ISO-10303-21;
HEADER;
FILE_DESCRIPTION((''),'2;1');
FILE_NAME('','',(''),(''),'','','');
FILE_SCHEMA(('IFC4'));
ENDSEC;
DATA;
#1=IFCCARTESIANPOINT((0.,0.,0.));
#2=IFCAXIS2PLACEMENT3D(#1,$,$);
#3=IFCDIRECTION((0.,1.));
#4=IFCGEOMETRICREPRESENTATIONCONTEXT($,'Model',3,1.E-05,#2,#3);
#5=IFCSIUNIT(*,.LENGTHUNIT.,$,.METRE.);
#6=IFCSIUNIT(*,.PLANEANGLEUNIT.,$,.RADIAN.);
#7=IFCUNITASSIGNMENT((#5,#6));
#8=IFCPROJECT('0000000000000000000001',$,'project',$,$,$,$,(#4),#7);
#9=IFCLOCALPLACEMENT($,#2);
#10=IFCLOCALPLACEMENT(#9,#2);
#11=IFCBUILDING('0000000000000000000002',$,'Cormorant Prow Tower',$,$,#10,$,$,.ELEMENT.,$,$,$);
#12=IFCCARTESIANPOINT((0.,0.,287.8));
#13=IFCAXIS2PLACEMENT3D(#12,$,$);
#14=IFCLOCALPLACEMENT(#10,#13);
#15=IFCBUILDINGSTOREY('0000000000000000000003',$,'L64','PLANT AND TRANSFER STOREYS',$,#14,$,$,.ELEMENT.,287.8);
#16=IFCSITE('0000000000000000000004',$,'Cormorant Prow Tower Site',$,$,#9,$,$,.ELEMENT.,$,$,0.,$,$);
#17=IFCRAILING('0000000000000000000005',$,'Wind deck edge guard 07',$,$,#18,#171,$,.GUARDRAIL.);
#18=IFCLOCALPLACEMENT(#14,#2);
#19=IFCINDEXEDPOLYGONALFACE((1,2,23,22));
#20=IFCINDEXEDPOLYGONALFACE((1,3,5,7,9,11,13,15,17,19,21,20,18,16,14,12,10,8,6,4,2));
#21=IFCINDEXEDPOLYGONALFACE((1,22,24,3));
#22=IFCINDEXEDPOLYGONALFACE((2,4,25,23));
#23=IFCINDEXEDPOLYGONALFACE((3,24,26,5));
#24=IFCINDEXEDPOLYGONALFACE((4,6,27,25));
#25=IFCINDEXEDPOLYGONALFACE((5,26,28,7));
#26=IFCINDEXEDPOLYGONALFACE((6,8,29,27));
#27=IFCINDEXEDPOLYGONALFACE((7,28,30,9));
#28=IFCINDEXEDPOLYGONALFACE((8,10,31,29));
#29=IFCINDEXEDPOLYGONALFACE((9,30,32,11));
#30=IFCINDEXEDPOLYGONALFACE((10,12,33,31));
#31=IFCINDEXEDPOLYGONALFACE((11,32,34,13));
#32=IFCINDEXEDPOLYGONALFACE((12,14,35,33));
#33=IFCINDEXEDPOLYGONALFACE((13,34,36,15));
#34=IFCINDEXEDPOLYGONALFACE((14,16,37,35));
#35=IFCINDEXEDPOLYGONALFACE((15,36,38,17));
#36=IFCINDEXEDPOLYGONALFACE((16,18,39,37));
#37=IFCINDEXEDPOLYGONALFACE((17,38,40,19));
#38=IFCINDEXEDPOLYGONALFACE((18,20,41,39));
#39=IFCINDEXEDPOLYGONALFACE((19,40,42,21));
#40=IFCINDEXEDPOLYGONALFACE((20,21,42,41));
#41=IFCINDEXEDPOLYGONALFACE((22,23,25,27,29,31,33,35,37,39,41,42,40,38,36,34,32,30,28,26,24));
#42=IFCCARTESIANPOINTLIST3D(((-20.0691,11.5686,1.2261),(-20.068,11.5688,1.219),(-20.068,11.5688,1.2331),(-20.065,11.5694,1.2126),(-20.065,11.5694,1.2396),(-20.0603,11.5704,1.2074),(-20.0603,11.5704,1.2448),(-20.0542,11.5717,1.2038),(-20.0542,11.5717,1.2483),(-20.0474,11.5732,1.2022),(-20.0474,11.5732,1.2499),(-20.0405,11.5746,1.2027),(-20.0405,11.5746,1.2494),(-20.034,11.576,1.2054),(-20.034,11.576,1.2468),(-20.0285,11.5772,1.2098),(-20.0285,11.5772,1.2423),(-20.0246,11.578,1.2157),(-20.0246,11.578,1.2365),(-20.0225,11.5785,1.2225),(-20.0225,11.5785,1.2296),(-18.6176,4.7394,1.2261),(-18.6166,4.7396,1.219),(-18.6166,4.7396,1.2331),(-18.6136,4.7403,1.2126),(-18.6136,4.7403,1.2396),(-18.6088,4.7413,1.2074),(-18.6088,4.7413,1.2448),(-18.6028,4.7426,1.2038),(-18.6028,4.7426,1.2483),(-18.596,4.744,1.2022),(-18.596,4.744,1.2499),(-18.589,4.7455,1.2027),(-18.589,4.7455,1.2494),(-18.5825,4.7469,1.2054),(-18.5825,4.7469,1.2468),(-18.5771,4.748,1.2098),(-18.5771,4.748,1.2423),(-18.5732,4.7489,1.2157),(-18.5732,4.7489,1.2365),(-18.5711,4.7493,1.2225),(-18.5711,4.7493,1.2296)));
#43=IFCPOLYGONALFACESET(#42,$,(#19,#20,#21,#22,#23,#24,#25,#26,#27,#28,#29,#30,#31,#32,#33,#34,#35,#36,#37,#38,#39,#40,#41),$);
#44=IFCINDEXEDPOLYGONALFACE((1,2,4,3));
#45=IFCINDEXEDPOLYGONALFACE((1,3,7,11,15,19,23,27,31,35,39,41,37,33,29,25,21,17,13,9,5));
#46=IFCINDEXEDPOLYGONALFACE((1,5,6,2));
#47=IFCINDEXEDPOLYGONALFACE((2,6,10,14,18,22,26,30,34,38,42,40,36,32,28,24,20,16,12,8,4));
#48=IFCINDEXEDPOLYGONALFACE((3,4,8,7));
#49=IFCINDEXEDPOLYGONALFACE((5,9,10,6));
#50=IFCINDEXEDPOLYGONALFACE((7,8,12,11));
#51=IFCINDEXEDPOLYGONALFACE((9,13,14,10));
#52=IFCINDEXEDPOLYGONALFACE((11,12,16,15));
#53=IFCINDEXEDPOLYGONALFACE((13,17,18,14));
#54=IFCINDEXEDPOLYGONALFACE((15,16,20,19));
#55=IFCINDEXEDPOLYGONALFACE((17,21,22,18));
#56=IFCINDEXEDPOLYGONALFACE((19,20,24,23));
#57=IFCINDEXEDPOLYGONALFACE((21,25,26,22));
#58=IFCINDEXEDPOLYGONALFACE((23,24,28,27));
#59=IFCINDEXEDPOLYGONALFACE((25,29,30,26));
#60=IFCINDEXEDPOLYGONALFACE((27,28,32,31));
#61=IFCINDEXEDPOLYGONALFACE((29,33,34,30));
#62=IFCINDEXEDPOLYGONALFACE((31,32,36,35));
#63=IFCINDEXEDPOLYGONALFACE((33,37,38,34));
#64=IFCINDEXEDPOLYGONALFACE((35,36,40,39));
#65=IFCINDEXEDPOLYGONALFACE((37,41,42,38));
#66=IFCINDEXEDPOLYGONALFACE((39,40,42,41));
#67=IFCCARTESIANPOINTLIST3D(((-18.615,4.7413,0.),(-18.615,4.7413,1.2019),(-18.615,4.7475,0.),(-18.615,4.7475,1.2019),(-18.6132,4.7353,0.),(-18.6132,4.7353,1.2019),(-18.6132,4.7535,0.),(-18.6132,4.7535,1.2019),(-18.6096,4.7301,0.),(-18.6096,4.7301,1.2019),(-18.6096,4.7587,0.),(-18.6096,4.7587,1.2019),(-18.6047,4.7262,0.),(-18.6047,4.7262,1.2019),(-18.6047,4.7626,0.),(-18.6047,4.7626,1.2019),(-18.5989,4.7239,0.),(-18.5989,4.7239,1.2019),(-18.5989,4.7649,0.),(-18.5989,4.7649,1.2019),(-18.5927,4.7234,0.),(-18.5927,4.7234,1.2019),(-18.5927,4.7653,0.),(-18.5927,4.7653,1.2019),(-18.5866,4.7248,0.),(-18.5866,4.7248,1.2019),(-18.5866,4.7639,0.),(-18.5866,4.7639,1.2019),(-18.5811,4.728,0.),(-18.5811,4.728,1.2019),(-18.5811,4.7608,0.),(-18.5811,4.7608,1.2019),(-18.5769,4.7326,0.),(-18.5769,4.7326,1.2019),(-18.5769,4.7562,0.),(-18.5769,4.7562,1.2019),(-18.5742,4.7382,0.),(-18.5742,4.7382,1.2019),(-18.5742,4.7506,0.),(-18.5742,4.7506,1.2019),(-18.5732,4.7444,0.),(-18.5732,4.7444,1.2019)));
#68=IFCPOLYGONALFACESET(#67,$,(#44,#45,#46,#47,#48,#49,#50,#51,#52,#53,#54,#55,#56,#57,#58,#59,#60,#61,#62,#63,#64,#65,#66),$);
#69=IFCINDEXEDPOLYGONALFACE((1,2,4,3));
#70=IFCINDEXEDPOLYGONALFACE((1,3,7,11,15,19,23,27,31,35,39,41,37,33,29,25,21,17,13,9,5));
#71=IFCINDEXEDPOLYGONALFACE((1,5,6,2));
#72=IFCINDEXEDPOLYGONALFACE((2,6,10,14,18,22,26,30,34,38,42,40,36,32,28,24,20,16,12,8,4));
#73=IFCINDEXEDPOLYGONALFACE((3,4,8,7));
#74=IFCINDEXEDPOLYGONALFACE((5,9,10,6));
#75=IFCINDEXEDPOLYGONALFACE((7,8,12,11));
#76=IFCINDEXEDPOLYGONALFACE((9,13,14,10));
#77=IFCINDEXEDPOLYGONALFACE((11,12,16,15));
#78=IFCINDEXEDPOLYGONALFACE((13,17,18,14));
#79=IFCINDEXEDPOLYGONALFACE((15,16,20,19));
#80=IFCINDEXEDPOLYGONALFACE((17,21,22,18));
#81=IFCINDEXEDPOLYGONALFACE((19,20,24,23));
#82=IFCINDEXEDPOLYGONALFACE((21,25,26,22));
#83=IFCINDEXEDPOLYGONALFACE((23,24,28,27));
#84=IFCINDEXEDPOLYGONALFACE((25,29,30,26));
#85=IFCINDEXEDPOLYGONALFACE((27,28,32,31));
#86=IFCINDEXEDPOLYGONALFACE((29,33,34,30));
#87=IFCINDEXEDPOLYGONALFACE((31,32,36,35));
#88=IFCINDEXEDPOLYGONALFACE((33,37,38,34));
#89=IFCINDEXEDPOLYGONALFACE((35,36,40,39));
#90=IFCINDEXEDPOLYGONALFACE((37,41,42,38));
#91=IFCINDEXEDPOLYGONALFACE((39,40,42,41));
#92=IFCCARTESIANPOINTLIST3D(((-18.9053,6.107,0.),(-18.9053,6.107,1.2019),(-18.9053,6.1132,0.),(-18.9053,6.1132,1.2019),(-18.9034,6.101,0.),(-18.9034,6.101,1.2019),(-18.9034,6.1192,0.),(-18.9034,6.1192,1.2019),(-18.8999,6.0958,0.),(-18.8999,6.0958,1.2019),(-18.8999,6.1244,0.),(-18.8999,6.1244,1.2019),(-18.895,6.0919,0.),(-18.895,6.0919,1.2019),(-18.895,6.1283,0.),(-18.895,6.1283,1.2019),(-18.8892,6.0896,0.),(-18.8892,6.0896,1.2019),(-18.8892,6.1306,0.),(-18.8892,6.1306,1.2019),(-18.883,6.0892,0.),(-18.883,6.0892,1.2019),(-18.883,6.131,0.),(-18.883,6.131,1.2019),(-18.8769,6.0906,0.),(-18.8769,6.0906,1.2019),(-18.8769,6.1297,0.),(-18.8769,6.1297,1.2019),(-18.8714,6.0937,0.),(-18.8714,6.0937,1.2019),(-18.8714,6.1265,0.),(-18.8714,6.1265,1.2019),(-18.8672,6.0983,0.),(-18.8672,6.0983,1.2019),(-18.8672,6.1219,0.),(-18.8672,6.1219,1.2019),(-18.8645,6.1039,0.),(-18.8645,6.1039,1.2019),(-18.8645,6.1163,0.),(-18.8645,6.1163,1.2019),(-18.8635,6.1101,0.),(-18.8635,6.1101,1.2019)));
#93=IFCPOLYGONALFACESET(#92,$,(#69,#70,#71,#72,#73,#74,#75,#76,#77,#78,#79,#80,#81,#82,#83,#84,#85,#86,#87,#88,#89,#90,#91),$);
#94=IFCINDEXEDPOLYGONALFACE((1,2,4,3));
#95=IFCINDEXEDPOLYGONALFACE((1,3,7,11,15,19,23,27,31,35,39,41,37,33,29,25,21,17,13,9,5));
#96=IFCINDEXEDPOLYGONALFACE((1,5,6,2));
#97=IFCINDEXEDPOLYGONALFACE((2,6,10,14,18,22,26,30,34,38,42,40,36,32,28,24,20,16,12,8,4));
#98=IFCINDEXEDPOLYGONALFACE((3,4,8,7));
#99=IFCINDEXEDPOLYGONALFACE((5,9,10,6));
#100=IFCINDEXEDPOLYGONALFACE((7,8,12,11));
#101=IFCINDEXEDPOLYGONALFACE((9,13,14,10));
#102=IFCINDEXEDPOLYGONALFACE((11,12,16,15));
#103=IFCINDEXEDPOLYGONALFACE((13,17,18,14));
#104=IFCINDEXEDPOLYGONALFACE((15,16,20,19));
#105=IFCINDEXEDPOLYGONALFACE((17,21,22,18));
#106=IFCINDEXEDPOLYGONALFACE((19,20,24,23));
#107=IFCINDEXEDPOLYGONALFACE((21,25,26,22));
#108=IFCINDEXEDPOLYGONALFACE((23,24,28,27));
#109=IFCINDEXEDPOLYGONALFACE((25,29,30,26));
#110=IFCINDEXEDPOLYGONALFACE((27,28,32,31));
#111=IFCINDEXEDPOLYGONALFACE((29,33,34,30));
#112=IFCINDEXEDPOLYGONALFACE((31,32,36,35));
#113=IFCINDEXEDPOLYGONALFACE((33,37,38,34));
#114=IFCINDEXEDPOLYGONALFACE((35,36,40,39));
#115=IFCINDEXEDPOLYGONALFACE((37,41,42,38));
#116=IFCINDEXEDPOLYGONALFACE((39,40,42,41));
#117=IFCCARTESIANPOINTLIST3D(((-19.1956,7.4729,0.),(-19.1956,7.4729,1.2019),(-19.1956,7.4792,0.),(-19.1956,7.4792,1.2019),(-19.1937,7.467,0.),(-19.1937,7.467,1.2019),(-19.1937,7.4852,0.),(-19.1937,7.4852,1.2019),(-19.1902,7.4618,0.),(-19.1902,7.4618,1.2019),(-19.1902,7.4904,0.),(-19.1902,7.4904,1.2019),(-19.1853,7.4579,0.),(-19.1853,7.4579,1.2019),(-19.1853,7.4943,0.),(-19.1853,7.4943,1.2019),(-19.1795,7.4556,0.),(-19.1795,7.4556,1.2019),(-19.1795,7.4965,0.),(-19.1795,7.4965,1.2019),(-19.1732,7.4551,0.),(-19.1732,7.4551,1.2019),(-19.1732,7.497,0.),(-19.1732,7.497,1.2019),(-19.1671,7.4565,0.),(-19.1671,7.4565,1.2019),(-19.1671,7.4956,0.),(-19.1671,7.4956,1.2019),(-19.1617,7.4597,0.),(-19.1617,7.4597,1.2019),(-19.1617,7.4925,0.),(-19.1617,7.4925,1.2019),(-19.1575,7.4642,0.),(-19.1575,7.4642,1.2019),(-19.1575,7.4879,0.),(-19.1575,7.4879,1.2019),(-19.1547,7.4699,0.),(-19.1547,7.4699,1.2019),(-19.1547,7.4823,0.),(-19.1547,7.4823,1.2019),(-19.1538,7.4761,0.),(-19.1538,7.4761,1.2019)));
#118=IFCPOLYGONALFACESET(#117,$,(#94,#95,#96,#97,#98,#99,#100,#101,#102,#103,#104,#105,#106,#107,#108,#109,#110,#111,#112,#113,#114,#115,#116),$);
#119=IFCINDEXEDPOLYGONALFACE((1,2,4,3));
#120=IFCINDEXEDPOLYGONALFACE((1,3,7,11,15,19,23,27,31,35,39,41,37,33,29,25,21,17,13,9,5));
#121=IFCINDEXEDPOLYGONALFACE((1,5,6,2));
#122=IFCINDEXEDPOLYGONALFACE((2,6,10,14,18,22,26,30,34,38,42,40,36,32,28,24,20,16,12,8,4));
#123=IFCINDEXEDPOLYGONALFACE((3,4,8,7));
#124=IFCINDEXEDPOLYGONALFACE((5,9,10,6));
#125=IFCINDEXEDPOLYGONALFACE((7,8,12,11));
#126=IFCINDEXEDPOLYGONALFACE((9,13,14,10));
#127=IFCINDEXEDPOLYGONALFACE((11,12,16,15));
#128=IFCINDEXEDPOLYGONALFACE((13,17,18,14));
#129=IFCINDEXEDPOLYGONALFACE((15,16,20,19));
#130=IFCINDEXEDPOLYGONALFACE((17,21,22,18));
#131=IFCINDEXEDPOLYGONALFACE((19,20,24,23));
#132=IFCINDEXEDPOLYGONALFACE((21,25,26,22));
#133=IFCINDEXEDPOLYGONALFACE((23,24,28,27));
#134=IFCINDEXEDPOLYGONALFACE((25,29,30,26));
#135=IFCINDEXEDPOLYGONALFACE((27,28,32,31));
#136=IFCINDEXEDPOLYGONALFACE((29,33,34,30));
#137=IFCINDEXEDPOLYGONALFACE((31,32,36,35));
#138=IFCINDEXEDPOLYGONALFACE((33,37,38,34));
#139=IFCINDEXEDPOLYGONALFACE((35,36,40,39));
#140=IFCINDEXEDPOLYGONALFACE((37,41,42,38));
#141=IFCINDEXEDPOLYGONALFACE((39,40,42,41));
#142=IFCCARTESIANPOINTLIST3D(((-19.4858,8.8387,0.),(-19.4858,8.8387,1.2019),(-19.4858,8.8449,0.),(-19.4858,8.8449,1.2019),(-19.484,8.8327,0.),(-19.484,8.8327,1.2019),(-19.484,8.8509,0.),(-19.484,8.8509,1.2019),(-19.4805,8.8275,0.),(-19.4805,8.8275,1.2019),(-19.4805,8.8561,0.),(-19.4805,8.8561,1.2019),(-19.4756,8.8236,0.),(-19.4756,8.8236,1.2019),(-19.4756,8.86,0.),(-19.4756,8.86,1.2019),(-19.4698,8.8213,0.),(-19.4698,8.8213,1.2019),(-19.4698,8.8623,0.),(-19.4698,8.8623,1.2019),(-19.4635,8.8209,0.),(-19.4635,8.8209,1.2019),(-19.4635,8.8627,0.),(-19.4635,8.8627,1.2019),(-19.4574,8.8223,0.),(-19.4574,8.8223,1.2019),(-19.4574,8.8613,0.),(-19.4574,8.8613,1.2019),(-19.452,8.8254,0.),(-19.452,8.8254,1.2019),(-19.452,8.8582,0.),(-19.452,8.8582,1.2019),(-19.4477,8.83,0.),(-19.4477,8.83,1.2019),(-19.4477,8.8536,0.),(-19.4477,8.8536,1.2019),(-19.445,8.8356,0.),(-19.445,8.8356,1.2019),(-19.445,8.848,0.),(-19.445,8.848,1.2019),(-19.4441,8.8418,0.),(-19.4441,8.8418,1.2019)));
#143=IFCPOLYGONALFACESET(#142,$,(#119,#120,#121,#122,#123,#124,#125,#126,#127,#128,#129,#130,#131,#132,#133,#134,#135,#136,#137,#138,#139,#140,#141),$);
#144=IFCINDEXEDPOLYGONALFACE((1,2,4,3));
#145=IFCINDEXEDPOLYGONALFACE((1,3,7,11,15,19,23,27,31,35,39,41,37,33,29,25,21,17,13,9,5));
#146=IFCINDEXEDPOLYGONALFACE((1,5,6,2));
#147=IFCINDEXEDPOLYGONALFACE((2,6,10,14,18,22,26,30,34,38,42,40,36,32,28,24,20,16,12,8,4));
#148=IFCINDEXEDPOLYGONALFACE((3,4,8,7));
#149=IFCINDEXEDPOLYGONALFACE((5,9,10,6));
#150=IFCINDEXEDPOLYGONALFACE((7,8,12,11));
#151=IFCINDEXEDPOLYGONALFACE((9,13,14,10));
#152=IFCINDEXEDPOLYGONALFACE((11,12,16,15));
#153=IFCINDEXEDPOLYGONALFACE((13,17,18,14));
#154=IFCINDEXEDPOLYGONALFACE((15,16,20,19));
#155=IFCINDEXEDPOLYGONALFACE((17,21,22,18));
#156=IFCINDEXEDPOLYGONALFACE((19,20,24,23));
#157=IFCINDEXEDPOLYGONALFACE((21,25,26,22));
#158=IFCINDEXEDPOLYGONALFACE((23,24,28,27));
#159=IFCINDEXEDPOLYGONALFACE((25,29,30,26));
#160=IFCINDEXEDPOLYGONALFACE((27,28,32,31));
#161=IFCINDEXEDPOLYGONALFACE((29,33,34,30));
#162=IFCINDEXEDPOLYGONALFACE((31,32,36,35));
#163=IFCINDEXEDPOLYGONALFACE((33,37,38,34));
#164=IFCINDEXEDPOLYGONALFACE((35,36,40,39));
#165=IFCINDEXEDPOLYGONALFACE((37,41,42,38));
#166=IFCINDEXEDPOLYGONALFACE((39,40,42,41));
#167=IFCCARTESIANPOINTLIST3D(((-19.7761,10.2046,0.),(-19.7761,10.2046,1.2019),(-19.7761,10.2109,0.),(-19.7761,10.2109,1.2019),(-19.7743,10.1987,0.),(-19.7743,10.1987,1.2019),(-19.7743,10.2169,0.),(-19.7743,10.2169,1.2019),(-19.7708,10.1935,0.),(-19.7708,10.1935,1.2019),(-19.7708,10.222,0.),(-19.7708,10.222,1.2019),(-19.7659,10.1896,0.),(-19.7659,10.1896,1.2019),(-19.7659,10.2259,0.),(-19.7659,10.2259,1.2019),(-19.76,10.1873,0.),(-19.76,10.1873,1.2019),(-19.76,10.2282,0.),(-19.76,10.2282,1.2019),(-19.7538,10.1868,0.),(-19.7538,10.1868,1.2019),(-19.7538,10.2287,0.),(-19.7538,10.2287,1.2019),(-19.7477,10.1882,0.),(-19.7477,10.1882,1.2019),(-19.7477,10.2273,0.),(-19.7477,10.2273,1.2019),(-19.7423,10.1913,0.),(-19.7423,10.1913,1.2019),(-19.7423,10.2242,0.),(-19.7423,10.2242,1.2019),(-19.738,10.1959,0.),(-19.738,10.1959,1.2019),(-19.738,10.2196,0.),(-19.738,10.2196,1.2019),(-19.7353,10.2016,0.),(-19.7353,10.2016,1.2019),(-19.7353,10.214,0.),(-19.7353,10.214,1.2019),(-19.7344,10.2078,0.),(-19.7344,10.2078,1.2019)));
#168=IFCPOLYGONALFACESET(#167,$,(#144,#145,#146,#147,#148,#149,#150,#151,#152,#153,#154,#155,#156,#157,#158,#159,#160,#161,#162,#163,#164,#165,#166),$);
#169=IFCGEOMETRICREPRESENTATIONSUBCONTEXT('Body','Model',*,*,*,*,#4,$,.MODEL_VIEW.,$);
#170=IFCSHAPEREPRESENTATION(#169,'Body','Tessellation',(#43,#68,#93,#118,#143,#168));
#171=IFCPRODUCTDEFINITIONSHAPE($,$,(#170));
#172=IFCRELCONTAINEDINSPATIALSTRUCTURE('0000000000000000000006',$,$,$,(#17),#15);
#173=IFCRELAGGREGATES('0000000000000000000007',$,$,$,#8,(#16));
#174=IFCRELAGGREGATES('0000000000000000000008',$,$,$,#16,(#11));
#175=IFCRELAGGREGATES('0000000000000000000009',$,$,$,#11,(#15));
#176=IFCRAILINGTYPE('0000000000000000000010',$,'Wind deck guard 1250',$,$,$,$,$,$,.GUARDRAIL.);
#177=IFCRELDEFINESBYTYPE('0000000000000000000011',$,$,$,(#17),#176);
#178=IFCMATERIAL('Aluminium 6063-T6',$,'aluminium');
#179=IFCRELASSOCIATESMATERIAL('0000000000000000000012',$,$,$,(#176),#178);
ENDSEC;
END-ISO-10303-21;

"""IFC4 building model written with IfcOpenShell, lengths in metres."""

from ifc_helpers import new_model, si_unit, direction, frame, origin, origin_2d, place, context, subcontext, project, spatial, circle, extrude, material, type_object, element, save


model = new_model("IFC4")

# Units and contexts
model_context = context("Model", 3, precision=1e-05, world=origin(), true_north=direction((0.0, 1.0)))
body_context = subcontext(model_context, "Body", "Model", "MODEL_VIEW")
ifc_project = project(units=[si_unit("LENGTHUNIT", "METRE"), si_unit("PLANEANGLEUNIT", "RADIAN")], contexts=[model_context])

# Site, building, storey
site_placement = place(None, origin())
site = spatial("IfcSite", under=ifc_project, at=site_placement, Name="Cormorant Prow Tower Site", CompositionType="ELEMENT", RefElevation=0.0)
building_placement = place(site_placement, origin())
building = spatial("IfcBuilding", under=site, at=building_placement, Name="Cormorant Prow Tower", CompositionType="ELEMENT")
storey_placement = place(building_placement, frame((0.0, 0.0, 287.8)))
storey = spatial("IfcBuildingStorey", under=building, at=storey_placement, Name="L64", Description="PLANT AND TRANSFER STOREYS", CompositionType="ELEMENT", Elevation=287.8)

# Railing
ifc_material_1 = material(Name="Aluminium 6063-T6", Category="aluminium")
railing_type = type_object("IfcRailingType", Name="Wind deck guard 1250", PredefinedType="GUARDRAIL", material=ifc_material_1)
railing_1_placement = place(storey_placement, frame((-18.5942, 4.7444, 0.0)))
element("IfcRailing", 1, at=railing_1_placement, inside=storey, type_object=railing_type, Name="Wind deck edge guard 07", PredefinedType="GUARDRAIL", context=body_context, shape_type="SweptSolid", body=[
    extrude(circle(Radius=0.0239, at=origin_2d()), frame((0.0, 0.0, 1.2261), z_axis=(-0.207891, 0.978152, 0.0), x_axis=(-0.978152, -0.207891, 0.0)), (0.0, 0.0, 1.0), 6.9817),
    extrude(circle(Radius=0.021, at=origin_2d()), origin(), (0.0, 0.0, 1.0), 1.2019),
    extrude(circle(Radius=0.021, at=origin_2d()), frame((-0.2903, 1.3657, 0.0)), (0.0, 0.0, 1.0), 1.2019),
    extrude(circle(Radius=0.021, at=origin_2d()), frame((-0.5806, 2.7317, 0.0)), (0.0, 0.0, 1.0), 1.2019),
    extrude(circle(Radius=0.021, at=origin_2d()), frame((-0.8708, 4.0974, 0.0)), (0.0, 0.0, 1.0), 1.2019),
    extrude(circle(Radius=0.021, at=origin_2d()), frame((-1.1611, 5.4634, 0.0)), (0.0, 0.0, 1.0), 1.2019),
])

save(model, "model.ifc")
